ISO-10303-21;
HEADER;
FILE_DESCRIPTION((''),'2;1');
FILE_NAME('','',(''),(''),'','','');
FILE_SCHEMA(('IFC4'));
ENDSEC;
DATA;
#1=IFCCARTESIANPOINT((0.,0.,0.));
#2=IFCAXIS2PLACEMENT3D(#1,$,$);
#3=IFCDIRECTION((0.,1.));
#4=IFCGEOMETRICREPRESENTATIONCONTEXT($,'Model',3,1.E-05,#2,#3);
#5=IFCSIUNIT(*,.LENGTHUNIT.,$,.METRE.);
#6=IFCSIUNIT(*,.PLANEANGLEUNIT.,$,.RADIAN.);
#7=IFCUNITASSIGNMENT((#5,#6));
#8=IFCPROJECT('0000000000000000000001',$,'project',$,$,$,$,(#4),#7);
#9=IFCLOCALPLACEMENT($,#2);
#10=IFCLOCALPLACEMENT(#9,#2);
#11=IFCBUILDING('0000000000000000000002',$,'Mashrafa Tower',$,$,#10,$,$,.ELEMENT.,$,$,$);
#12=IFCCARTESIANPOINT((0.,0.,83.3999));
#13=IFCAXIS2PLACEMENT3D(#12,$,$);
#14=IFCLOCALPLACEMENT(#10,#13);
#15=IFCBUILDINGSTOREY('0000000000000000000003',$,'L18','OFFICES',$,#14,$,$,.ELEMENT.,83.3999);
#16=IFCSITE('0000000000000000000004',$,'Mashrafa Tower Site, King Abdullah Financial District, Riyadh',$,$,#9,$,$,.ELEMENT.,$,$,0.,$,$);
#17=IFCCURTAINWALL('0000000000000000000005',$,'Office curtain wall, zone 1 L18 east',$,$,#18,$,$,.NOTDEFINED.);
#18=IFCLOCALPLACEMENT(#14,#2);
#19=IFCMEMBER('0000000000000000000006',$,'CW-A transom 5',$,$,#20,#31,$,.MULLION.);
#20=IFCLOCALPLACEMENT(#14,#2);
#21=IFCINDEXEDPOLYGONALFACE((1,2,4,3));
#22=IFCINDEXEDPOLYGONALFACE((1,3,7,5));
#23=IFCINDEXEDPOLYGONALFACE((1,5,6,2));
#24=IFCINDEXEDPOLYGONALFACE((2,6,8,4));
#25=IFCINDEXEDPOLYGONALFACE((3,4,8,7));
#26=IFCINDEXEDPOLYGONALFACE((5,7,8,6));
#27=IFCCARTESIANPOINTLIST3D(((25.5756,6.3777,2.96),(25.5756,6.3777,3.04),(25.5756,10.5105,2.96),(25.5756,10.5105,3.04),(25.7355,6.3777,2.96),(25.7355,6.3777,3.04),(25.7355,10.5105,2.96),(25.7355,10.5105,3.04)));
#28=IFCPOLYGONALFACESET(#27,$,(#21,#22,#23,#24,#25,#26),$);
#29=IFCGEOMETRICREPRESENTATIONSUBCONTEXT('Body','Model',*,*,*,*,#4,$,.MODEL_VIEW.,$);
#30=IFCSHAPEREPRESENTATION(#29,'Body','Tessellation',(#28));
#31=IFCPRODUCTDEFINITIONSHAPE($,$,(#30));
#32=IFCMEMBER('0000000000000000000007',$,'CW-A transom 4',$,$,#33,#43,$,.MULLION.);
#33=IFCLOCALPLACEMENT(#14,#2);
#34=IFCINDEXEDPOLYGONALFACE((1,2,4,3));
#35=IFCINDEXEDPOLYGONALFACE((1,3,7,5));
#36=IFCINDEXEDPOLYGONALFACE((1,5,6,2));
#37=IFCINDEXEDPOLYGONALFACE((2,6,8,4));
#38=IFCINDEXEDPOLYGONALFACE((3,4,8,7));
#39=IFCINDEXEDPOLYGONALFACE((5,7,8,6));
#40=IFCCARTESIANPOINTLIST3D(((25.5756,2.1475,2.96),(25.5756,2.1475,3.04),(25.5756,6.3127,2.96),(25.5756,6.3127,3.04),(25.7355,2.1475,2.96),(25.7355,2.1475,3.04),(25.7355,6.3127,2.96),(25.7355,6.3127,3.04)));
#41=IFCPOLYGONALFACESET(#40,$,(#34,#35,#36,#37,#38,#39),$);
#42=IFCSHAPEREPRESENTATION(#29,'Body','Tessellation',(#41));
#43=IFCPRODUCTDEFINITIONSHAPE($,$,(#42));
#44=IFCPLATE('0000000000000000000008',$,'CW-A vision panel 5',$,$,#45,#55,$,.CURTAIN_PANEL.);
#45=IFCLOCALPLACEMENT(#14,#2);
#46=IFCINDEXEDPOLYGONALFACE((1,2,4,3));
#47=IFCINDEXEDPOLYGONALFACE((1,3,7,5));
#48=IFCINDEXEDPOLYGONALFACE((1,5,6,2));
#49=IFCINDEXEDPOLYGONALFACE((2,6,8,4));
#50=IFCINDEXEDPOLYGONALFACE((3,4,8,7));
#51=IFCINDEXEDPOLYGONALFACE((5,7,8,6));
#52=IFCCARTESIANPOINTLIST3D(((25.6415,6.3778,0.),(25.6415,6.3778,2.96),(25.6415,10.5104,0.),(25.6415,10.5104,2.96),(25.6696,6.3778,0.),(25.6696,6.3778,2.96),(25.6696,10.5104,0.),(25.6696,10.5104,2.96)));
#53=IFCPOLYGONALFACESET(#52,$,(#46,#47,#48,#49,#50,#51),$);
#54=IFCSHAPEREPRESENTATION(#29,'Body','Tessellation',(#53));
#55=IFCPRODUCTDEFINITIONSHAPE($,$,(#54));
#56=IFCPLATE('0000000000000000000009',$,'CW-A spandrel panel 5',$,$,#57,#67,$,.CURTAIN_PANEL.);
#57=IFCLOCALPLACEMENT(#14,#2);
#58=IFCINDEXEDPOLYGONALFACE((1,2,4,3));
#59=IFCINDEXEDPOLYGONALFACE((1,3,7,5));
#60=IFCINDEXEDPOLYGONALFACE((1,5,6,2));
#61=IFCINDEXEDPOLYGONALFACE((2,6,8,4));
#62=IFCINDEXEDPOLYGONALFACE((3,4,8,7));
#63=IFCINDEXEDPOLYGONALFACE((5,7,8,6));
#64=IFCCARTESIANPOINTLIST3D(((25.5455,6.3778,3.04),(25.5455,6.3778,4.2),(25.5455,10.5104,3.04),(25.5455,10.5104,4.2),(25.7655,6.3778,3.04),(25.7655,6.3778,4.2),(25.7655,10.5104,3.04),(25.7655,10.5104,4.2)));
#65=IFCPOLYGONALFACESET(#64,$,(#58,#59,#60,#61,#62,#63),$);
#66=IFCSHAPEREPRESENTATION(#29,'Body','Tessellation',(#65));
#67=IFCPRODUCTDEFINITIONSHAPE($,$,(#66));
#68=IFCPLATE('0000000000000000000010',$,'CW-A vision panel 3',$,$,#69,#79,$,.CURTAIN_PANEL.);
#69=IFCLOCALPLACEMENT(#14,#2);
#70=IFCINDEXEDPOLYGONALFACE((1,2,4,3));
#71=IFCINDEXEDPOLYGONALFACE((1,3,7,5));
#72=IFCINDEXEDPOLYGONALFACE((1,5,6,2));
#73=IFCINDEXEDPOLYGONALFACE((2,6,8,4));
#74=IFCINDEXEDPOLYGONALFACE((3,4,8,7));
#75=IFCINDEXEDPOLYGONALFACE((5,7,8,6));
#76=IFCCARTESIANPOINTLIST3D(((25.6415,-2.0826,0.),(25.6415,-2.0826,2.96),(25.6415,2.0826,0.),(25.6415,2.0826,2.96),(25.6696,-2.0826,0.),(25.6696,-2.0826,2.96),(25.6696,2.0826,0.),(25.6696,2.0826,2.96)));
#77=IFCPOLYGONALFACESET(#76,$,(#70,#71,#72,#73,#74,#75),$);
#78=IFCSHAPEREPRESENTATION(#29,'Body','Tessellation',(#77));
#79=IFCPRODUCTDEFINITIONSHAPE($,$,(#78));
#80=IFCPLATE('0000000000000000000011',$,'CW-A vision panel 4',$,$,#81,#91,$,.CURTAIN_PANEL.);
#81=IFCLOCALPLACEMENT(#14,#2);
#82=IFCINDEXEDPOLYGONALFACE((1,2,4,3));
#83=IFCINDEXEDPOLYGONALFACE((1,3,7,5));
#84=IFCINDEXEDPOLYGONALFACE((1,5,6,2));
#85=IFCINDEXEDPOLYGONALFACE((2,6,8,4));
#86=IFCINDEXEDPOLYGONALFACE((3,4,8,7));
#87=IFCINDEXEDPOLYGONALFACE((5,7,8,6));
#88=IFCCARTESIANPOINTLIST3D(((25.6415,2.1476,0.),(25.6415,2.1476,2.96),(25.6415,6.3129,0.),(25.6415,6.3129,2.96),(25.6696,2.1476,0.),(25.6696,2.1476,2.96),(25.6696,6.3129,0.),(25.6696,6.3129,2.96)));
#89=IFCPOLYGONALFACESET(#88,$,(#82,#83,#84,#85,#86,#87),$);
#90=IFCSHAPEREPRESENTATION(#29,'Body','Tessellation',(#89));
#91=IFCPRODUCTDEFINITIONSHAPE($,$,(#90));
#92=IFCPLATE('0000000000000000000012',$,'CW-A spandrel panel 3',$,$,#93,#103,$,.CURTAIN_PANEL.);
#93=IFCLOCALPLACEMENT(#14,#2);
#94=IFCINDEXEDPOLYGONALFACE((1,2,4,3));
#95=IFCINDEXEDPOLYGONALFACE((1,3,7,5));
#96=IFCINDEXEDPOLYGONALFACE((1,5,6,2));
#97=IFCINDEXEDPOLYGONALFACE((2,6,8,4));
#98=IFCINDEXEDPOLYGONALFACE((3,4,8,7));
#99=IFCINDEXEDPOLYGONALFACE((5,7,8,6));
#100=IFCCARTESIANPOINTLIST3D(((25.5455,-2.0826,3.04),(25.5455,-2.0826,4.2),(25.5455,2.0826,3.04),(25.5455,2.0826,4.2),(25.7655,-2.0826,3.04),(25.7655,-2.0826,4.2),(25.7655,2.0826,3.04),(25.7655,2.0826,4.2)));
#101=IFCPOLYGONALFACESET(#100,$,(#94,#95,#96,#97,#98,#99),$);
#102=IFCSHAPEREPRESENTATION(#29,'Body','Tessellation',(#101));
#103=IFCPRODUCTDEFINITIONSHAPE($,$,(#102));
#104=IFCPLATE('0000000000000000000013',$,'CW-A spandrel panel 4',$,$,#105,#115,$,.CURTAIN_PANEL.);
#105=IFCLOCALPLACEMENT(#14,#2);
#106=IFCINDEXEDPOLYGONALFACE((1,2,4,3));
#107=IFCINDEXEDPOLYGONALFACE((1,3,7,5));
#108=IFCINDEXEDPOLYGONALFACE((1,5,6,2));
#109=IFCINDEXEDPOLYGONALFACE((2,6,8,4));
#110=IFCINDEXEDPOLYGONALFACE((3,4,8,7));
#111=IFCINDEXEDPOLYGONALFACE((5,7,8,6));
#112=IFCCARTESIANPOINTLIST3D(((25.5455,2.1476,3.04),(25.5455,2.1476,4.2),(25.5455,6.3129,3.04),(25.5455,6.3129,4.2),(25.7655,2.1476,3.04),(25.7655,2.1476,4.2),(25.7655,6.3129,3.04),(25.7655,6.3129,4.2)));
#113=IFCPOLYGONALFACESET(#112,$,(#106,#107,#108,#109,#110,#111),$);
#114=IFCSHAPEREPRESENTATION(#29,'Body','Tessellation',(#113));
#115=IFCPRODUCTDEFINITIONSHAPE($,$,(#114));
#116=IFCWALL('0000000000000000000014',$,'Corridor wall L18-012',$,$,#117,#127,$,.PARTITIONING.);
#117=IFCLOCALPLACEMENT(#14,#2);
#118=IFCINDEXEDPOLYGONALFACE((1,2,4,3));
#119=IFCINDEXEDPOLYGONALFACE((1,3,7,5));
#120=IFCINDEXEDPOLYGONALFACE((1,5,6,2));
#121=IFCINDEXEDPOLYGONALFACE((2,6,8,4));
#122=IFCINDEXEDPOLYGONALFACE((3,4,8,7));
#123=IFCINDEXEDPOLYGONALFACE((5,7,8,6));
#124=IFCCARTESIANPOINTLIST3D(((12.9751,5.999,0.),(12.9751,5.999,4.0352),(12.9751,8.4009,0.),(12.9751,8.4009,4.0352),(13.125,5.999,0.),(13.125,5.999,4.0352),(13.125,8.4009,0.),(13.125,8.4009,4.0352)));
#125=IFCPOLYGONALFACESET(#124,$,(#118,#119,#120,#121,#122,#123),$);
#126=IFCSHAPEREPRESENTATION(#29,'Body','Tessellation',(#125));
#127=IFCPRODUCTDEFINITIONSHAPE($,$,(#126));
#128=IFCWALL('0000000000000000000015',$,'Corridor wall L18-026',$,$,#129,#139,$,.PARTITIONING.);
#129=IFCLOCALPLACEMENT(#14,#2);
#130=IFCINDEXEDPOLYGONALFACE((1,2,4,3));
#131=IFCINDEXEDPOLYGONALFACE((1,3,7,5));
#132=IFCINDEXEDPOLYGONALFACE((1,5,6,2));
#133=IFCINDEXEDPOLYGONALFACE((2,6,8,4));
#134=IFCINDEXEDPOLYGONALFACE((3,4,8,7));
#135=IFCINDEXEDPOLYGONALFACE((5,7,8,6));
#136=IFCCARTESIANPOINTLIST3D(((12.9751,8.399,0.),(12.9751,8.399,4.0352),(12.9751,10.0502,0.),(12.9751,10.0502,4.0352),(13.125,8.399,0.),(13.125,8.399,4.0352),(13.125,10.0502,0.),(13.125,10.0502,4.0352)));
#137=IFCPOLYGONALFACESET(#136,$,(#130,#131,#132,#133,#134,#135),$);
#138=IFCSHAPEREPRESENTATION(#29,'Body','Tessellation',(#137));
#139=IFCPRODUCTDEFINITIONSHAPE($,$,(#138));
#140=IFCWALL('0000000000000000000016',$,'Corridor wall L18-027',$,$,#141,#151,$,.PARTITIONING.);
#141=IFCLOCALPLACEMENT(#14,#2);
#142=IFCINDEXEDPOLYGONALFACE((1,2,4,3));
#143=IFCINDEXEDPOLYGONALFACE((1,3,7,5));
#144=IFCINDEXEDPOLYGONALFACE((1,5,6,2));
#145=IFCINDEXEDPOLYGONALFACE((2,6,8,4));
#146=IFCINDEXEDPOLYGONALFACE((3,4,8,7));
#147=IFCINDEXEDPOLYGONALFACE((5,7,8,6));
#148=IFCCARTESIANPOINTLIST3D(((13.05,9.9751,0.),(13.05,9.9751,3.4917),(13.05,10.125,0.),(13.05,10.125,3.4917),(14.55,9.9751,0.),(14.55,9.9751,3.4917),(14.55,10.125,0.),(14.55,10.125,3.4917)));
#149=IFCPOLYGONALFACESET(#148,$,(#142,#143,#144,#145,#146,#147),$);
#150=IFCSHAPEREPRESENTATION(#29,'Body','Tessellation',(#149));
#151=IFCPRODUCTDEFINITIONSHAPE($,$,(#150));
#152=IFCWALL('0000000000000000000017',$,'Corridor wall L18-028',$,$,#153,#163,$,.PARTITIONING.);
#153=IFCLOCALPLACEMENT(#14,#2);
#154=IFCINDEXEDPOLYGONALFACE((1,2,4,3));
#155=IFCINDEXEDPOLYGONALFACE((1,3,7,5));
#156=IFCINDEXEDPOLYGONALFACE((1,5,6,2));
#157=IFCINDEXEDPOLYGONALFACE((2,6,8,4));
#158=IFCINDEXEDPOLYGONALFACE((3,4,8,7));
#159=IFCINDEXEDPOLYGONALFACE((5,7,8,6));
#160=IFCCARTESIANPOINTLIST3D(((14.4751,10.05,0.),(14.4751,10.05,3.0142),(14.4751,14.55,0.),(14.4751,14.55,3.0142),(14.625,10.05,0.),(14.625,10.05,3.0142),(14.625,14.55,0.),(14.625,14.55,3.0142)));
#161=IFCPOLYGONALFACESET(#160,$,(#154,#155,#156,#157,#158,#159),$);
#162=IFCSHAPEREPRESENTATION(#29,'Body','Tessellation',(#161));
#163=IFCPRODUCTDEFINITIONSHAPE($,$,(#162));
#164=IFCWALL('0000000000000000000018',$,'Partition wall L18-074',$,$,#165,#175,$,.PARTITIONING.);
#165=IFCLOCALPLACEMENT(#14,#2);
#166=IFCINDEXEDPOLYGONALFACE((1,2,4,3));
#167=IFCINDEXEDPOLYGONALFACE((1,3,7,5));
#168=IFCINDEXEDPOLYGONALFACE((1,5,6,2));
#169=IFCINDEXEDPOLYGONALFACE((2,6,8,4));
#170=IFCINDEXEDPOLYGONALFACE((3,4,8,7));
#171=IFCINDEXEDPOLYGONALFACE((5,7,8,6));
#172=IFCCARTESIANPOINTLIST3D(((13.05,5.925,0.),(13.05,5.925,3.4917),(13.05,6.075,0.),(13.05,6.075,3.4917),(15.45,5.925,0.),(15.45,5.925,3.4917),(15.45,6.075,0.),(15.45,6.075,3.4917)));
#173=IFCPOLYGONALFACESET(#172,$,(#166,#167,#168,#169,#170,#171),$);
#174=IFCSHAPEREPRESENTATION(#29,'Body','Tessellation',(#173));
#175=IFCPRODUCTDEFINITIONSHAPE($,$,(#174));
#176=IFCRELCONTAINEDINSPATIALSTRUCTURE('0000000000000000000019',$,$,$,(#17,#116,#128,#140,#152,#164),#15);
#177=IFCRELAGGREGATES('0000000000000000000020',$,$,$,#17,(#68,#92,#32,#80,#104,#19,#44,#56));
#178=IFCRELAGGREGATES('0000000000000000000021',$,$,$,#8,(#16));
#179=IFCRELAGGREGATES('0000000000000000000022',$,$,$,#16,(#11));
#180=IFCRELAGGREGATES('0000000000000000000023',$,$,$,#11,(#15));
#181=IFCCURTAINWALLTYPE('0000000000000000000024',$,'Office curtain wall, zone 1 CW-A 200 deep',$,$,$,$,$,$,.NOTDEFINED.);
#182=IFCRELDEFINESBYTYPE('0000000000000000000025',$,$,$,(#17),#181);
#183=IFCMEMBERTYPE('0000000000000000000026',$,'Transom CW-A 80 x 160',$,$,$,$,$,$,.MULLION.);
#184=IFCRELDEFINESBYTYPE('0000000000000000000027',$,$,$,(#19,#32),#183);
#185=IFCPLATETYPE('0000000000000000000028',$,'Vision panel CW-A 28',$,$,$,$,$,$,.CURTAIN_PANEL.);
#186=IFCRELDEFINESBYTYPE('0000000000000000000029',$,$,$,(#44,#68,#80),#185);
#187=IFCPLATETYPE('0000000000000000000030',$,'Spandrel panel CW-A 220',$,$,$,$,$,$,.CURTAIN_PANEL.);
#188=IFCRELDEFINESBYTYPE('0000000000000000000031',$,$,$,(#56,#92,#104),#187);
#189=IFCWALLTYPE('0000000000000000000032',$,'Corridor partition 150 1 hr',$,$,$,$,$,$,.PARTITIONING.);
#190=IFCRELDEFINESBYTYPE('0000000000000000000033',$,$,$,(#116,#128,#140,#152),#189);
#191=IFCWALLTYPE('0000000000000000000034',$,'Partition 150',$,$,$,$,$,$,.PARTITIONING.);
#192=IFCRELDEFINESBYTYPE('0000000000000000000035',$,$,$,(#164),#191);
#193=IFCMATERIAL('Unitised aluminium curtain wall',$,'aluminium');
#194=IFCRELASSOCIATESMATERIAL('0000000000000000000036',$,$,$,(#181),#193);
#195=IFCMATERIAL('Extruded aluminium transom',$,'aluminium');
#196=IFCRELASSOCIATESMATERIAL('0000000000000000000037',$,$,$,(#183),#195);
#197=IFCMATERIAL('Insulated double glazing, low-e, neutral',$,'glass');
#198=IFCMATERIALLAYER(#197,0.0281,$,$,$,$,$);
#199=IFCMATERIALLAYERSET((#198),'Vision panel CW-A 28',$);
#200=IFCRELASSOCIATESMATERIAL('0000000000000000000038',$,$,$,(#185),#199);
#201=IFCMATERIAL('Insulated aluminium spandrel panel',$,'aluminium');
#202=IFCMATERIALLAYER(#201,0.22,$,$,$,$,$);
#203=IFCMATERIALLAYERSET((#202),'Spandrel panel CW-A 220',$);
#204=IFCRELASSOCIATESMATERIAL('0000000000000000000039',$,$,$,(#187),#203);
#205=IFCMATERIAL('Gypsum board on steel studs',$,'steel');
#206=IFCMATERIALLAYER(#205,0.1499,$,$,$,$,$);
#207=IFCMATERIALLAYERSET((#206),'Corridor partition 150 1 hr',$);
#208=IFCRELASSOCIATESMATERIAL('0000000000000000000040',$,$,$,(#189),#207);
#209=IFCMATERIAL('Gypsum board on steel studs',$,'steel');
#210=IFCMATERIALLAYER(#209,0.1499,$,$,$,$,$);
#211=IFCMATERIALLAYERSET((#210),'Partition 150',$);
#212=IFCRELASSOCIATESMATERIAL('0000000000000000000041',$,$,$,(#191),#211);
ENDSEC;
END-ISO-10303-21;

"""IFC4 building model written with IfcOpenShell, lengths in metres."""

from ifc_helpers import new_model, si_unit, direction, frame, frame_2d, origin, origin_2d, place, context, subcontext, project, spatial, rectangle, extrude, source, transform, mapped, material, layer, layer_set, material_profile, profile_set, type_object, type_shapes, element, aggregate, save


model = new_model("IFC4")

# Units and contexts
model_context = context("Model", 3, precision=1e-05, world=origin(), true_north=direction((0.0, 1.0)))
body_context = subcontext(model_context, "Body", "Model", "MODEL_VIEW")
ifc_project = project(units=[si_unit("LENGTHUNIT", "METRE"), si_unit("PLANEANGLEUNIT", "RADIAN")], contexts=[model_context])

# Site, building, storey
site_placement = place(None, origin())
site = spatial("IfcSite", under=ifc_project, at=site_placement, Name="Mashrafa Tower Site, King Abdullah Financial District, Riyadh", CompositionType="ELEMENT", RefElevation=0.0)
building_placement = place(site_placement, origin())
building = spatial("IfcBuilding", under=site, at=building_placement, Name="Mashrafa Tower", CompositionType="ELEMENT")
storey_placement = place(building_placement, frame((0.0, 0.0, 83.3999)))
storey = spatial("IfcBuildingStorey", under=building, at=storey_placement, Name="L18", Description="OFFICES", CompositionType="ELEMENT", Elevation=83.3999)

# Curtain wall, members, plates
ifc_material_1 = material(Name="Unitised aluminium curtain wall", Category="aluminium")
curtain_wall_type = type_object("IfcCurtainWallType", Name="Office curtain wall, zone 1 CW-A 200 deep", PredefinedType="NOTDEFINED", material=ifc_material_1)
curtain_wall_placement = place(storey_placement, origin())
curtain_wall = element("IfcCurtainWall", 1, at=curtain_wall_placement, inside=storey, type_object=curtain_wall_type, Name="Office curtain wall, zone 1 L18 east", PredefinedType="NOTDEFINED")
ifc_material_2 = material(Name="Extruded aluminium transom", Category="aluminium")
ifc_material_profile_1 = material_profile(ifc_material_2, rectangle(XDim=0.1599, YDim=0.0801, at=origin_2d()), Name="Transom 80x160")
ifc_profile_set_1 = profile_set([ifc_material_profile_1], Name="Extruded aluminium transom")
member_type_1 = type_object("IfcMemberType", Name="Transom CW-A 80 x 160", PredefinedType="MULLION", material=ifc_profile_set_1)
shared_shape_1 = source(origin(), body_context, "Body", "SweptSolid", [
    extrude(rectangle(XDim=0.1599, YDim=0.0801, at=origin_2d()), origin(), (0.0, 0.0, 1.0), 4.1328),
])
member_1_placement = place(storey_placement, frame((25.6555, 6.3777, 3.0), z_axis=(0.0, 1.0, 0.0), x_axis=(-1.0, 0.0, 0.0)))
member_1 = element("IfcMember", 2, at=member_1_placement, type_object=member_type_1, Name="CW-A transom 5", PredefinedType="MULLION", context=body_context, shape_type="MappedRepresentation", body=[
    mapped(shared_shape_1, transform((0.0, 0.0, 0.0))),
])
shared_shape_2 = source(origin(), body_context, "Body", "SweptSolid", [
    extrude(rectangle(XDim=0.1599, YDim=0.0801, at=origin_2d()), origin(), (0.0, 0.0, 1.0), 4.1653),
])
type_shapes(member_type_1, [shared_shape_1, shared_shape_2])
member_2_placement = place(storey_placement, frame((25.6555, 2.1475, 3.0), z_axis=(0.0, 1.0, 0.0), x_axis=(-1.0, 0.0, 0.0)))
member_2 = element("IfcMember", 3, at=member_2_placement, type_object=member_type_1, Name="CW-A transom 4", PredefinedType="MULLION", context=body_context, shape_type="MappedRepresentation", body=[
    mapped(shared_shape_2, transform((0.0, 0.0, 0.0))),
])
ifc_material_3 = material(Name="Insulated double glazing, low-e, neutral", Category="glass")
ifc_layer_1 = layer(ifc_material_3, 0.0281)
ifc_layer_set_1 = layer_set([ifc_layer_1], Name="Vision panel CW-A 28")
plate_type_1 = type_object("IfcPlateType", Name="Vision panel CW-A 28", PredefinedType="CURTAIN_PANEL", material=ifc_layer_set_1)
shared_shape_3 = source(origin(), body_context, "Body", "SweptSolid", [
    extrude(rectangle(XDim=4.1326, YDim=0.0281, at=origin_2d()), origin(), (0.0, 0.0, 1.0), 2.96),
])
plate_1_placement = place(storey_placement, frame((25.6555, 8.4441, 0.0), z_axis=(0.0, 0.0, 1.0), x_axis=(0.0, 1.0, 0.0)))
plate_1 = element("IfcPlate", 4, at=plate_1_placement, type_object=plate_type_1, Name="CW-A vision panel 5", PredefinedType="CURTAIN_PANEL", context=body_context, shape_type="MappedRepresentation", body=[
    mapped(shared_shape_3, transform((0.0, 0.0, 0.0))),
])
ifc_material_4 = material(Name="Insulated aluminium spandrel panel", Category="aluminium")
ifc_layer_2 = layer(ifc_material_4, 0.22)
ifc_layer_set_2 = layer_set([ifc_layer_2], Name="Spandrel panel CW-A 220")
plate_type_2 = type_object("IfcPlateType", Name="Spandrel panel CW-A 220", PredefinedType="CURTAIN_PANEL", material=ifc_layer_set_2)
shared_shape_4 = source(origin(), body_context, "Body", "SweptSolid", [
    extrude(rectangle(XDim=4.1326, YDim=0.22, at=origin_2d()), origin(), (0.0, 0.0, 1.0), 1.1599),
])
plate_2_placement = place(storey_placement, frame((25.6555, 8.4441, 3.04), z_axis=(0.0, 0.0, 1.0), x_axis=(0.0, 1.0, 0.0)))
plate_2 = element("IfcPlate", 5, at=plate_2_placement, type_object=plate_type_2, Name="CW-A spandrel panel 5", PredefinedType="CURTAIN_PANEL", context=body_context, shape_type="MappedRepresentation", body=[
    mapped(shared_shape_4, transform((0.0, 0.0, 0.0))),
])
shared_shape_5 = source(origin(), body_context, "Body", "SweptSolid", [
    extrude(rectangle(XDim=4.1653, YDim=0.0281, at=origin_2d()), origin(), (0.0, 0.0, 1.0), 2.96),
])
type_shapes(plate_type_1, [shared_shape_3, shared_shape_5])
plate_3_placement = place(storey_placement, frame((25.6555, 0.0, 0.0), z_axis=(0.0, 0.0, 1.0), x_axis=(0.0, 1.0, 0.0)))
plate_3 = element("IfcPlate", 6, at=plate_3_placement, type_object=plate_type_1, Name="CW-A vision panel 3", PredefinedType="CURTAIN_PANEL", context=body_context, shape_type="MappedRepresentation", body=[
    mapped(shared_shape_5, transform((0.0, 0.0, 0.0))),
])
plate_4_placement = place(storey_placement, frame((25.6555, 4.2302, 0.0), z_axis=(0.0, 0.0, 1.0), x_axis=(0.0, 1.0, 0.0)))
plate_4 = element("IfcPlate", 7, at=plate_4_placement, type_object=plate_type_1, Name="CW-A vision panel 4", PredefinedType="CURTAIN_PANEL", context=body_context, shape_type="MappedRepresentation", body=[
    mapped(shared_shape_5, transform((0.0, 0.0, 0.0))),
])
shared_shape_6 = source(origin(), body_context, "Body", "SweptSolid", [
    extrude(rectangle(XDim=4.1653, YDim=0.22, at=origin_2d()), origin(), (0.0, 0.0, 1.0), 1.1599),
])
type_shapes(plate_type_2, [shared_shape_4, shared_shape_6])
plate_5_placement = place(storey_placement, frame((25.6555, 0.0, 3.04), z_axis=(0.0, 0.0, 1.0), x_axis=(0.0, 1.0, 0.0)))
plate_5 = element("IfcPlate", 8, at=plate_5_placement, type_object=plate_type_2, Name="CW-A spandrel panel 3", PredefinedType="CURTAIN_PANEL", context=body_context, shape_type="MappedRepresentation", body=[
    mapped(shared_shape_6, transform((0.0, 0.0, 0.0))),
])
plate_6_placement = place(storey_placement, frame((25.6555, 4.2302, 3.04), z_axis=(0.0, 0.0, 1.0), x_axis=(0.0, 1.0, 0.0)))
plate_6 = element("IfcPlate", 9, at=plate_6_placement, type_object=plate_type_2, Name="CW-A spandrel panel 4", PredefinedType="CURTAIN_PANEL", context=body_context, shape_type="MappedRepresentation", body=[
    mapped(shared_shape_6, transform((0.0, 0.0, 0.0))),
])
aggregate(curtain_wall, [plate_3, plate_5, member_2, plate_4, plate_6, member_1, plate_1, plate_2])

# Walls
ifc_material_5 = material(Name="Gypsum board on steel studs", Category="steel")
ifc_layer_3 = layer(ifc_material_5, 0.1499)
ifc_layer_set_3 = layer_set([ifc_layer_3], Name="Corridor partition 150 1 hr")
wall_type_1 = type_object("IfcWallType", Name="Corridor partition 150 1 hr", PredefinedType="PARTITIONING", material=ifc_layer_set_3)
wall_1_placement = place(storey_placement, frame((13.05, 5.999, 0.0), z_axis=(0.0, 0.0, 1.0), x_axis=(0.0, 1.0, 0.0)))
element("IfcWall", 10, at=wall_1_placement, inside=storey, type_object=wall_type_1, Name="Corridor wall L18-012", PredefinedType="PARTITIONING", context=body_context, shape_type="SweptSolid", body=[
    extrude(rectangle(XDim=2.4019, YDim=0.1499, at=frame_2d((1.2009, 0.0))), origin(), (0.0, 0.0, 1.0), 4.0352),
])
wall_2_placement = place(storey_placement, frame((13.05, 8.3989, 0.0), z_axis=(0.0, 0.0, 1.0), x_axis=(0.0, 1.0, 0.0)))
element("IfcWall", 11, at=wall_2_placement, inside=storey, type_object=wall_type_1, Name="Corridor wall L18-026", PredefinedType="PARTITIONING", context=body_context, shape_type="SweptSolid", body=[
    extrude(rectangle(XDim=1.6511, YDim=0.1499, at=frame_2d((0.8257, 0.0))), origin(), (0.0, 0.0, 1.0), 4.0352),
])
wall_3_placement = place(storey_placement, frame((13.05, 10.05, 0.0), z_axis=(0.0, 0.0, 1.0), x_axis=(1.0, 0.0, 0.0)))
element("IfcWall", 12, at=wall_3_placement, inside=storey, type_object=wall_type_1, Name="Corridor wall L18-027", PredefinedType="PARTITIONING", context=body_context, shape_type="SweptSolid", body=[
    extrude(rectangle(XDim=1.5, YDim=0.1499, at=frame_2d((0.75, 0.0))), origin(), (0.0, 0.0, 1.0), 3.4917),
])
wall_4_placement = place(storey_placement, frame((14.55, 10.05, 0.0), z_axis=(0.0, 0.0, 1.0), x_axis=(0.0, 1.0, 0.0)))
element("IfcWall", 13, at=wall_4_placement, inside=storey, type_object=wall_type_1, Name="Corridor wall L18-028", PredefinedType="PARTITIONING", context=body_context, shape_type="SweptSolid", body=[
    extrude(rectangle(XDim=4.5, YDim=0.1499, at=frame_2d((2.25, 0.0))), origin(), (0.0, 0.0, 1.0), 3.0142),
])
ifc_material_6 = material(Name="Gypsum board on steel studs", Category="steel")
ifc_layer_4 = layer(ifc_material_6, 0.1499)
ifc_layer_set_4 = layer_set([ifc_layer_4], Name="Partition 150")
wall_type_2 = type_object("IfcWallType", Name="Partition 150", PredefinedType="PARTITIONING", material=ifc_layer_set_4)
wall_5_placement = place(storey_placement, frame((13.05, 6.0, 0.0), z_axis=(0.0, 0.0, 1.0), x_axis=(1.0, 0.0, 0.0)))
element("IfcWall", 14, at=wall_5_placement, inside=storey, type_object=wall_type_2, Name="Partition wall L18-074", PredefinedType="PARTITIONING", context=body_context, shape_type="SweptSolid", body=[
    extrude(rectangle(XDim=2.3999, YDim=0.1499, at=frame_2d((1.2, 0.0))), origin(), (0.0, 0.0, 1.0), 3.4917),
])

save(model, "model.ifc")
